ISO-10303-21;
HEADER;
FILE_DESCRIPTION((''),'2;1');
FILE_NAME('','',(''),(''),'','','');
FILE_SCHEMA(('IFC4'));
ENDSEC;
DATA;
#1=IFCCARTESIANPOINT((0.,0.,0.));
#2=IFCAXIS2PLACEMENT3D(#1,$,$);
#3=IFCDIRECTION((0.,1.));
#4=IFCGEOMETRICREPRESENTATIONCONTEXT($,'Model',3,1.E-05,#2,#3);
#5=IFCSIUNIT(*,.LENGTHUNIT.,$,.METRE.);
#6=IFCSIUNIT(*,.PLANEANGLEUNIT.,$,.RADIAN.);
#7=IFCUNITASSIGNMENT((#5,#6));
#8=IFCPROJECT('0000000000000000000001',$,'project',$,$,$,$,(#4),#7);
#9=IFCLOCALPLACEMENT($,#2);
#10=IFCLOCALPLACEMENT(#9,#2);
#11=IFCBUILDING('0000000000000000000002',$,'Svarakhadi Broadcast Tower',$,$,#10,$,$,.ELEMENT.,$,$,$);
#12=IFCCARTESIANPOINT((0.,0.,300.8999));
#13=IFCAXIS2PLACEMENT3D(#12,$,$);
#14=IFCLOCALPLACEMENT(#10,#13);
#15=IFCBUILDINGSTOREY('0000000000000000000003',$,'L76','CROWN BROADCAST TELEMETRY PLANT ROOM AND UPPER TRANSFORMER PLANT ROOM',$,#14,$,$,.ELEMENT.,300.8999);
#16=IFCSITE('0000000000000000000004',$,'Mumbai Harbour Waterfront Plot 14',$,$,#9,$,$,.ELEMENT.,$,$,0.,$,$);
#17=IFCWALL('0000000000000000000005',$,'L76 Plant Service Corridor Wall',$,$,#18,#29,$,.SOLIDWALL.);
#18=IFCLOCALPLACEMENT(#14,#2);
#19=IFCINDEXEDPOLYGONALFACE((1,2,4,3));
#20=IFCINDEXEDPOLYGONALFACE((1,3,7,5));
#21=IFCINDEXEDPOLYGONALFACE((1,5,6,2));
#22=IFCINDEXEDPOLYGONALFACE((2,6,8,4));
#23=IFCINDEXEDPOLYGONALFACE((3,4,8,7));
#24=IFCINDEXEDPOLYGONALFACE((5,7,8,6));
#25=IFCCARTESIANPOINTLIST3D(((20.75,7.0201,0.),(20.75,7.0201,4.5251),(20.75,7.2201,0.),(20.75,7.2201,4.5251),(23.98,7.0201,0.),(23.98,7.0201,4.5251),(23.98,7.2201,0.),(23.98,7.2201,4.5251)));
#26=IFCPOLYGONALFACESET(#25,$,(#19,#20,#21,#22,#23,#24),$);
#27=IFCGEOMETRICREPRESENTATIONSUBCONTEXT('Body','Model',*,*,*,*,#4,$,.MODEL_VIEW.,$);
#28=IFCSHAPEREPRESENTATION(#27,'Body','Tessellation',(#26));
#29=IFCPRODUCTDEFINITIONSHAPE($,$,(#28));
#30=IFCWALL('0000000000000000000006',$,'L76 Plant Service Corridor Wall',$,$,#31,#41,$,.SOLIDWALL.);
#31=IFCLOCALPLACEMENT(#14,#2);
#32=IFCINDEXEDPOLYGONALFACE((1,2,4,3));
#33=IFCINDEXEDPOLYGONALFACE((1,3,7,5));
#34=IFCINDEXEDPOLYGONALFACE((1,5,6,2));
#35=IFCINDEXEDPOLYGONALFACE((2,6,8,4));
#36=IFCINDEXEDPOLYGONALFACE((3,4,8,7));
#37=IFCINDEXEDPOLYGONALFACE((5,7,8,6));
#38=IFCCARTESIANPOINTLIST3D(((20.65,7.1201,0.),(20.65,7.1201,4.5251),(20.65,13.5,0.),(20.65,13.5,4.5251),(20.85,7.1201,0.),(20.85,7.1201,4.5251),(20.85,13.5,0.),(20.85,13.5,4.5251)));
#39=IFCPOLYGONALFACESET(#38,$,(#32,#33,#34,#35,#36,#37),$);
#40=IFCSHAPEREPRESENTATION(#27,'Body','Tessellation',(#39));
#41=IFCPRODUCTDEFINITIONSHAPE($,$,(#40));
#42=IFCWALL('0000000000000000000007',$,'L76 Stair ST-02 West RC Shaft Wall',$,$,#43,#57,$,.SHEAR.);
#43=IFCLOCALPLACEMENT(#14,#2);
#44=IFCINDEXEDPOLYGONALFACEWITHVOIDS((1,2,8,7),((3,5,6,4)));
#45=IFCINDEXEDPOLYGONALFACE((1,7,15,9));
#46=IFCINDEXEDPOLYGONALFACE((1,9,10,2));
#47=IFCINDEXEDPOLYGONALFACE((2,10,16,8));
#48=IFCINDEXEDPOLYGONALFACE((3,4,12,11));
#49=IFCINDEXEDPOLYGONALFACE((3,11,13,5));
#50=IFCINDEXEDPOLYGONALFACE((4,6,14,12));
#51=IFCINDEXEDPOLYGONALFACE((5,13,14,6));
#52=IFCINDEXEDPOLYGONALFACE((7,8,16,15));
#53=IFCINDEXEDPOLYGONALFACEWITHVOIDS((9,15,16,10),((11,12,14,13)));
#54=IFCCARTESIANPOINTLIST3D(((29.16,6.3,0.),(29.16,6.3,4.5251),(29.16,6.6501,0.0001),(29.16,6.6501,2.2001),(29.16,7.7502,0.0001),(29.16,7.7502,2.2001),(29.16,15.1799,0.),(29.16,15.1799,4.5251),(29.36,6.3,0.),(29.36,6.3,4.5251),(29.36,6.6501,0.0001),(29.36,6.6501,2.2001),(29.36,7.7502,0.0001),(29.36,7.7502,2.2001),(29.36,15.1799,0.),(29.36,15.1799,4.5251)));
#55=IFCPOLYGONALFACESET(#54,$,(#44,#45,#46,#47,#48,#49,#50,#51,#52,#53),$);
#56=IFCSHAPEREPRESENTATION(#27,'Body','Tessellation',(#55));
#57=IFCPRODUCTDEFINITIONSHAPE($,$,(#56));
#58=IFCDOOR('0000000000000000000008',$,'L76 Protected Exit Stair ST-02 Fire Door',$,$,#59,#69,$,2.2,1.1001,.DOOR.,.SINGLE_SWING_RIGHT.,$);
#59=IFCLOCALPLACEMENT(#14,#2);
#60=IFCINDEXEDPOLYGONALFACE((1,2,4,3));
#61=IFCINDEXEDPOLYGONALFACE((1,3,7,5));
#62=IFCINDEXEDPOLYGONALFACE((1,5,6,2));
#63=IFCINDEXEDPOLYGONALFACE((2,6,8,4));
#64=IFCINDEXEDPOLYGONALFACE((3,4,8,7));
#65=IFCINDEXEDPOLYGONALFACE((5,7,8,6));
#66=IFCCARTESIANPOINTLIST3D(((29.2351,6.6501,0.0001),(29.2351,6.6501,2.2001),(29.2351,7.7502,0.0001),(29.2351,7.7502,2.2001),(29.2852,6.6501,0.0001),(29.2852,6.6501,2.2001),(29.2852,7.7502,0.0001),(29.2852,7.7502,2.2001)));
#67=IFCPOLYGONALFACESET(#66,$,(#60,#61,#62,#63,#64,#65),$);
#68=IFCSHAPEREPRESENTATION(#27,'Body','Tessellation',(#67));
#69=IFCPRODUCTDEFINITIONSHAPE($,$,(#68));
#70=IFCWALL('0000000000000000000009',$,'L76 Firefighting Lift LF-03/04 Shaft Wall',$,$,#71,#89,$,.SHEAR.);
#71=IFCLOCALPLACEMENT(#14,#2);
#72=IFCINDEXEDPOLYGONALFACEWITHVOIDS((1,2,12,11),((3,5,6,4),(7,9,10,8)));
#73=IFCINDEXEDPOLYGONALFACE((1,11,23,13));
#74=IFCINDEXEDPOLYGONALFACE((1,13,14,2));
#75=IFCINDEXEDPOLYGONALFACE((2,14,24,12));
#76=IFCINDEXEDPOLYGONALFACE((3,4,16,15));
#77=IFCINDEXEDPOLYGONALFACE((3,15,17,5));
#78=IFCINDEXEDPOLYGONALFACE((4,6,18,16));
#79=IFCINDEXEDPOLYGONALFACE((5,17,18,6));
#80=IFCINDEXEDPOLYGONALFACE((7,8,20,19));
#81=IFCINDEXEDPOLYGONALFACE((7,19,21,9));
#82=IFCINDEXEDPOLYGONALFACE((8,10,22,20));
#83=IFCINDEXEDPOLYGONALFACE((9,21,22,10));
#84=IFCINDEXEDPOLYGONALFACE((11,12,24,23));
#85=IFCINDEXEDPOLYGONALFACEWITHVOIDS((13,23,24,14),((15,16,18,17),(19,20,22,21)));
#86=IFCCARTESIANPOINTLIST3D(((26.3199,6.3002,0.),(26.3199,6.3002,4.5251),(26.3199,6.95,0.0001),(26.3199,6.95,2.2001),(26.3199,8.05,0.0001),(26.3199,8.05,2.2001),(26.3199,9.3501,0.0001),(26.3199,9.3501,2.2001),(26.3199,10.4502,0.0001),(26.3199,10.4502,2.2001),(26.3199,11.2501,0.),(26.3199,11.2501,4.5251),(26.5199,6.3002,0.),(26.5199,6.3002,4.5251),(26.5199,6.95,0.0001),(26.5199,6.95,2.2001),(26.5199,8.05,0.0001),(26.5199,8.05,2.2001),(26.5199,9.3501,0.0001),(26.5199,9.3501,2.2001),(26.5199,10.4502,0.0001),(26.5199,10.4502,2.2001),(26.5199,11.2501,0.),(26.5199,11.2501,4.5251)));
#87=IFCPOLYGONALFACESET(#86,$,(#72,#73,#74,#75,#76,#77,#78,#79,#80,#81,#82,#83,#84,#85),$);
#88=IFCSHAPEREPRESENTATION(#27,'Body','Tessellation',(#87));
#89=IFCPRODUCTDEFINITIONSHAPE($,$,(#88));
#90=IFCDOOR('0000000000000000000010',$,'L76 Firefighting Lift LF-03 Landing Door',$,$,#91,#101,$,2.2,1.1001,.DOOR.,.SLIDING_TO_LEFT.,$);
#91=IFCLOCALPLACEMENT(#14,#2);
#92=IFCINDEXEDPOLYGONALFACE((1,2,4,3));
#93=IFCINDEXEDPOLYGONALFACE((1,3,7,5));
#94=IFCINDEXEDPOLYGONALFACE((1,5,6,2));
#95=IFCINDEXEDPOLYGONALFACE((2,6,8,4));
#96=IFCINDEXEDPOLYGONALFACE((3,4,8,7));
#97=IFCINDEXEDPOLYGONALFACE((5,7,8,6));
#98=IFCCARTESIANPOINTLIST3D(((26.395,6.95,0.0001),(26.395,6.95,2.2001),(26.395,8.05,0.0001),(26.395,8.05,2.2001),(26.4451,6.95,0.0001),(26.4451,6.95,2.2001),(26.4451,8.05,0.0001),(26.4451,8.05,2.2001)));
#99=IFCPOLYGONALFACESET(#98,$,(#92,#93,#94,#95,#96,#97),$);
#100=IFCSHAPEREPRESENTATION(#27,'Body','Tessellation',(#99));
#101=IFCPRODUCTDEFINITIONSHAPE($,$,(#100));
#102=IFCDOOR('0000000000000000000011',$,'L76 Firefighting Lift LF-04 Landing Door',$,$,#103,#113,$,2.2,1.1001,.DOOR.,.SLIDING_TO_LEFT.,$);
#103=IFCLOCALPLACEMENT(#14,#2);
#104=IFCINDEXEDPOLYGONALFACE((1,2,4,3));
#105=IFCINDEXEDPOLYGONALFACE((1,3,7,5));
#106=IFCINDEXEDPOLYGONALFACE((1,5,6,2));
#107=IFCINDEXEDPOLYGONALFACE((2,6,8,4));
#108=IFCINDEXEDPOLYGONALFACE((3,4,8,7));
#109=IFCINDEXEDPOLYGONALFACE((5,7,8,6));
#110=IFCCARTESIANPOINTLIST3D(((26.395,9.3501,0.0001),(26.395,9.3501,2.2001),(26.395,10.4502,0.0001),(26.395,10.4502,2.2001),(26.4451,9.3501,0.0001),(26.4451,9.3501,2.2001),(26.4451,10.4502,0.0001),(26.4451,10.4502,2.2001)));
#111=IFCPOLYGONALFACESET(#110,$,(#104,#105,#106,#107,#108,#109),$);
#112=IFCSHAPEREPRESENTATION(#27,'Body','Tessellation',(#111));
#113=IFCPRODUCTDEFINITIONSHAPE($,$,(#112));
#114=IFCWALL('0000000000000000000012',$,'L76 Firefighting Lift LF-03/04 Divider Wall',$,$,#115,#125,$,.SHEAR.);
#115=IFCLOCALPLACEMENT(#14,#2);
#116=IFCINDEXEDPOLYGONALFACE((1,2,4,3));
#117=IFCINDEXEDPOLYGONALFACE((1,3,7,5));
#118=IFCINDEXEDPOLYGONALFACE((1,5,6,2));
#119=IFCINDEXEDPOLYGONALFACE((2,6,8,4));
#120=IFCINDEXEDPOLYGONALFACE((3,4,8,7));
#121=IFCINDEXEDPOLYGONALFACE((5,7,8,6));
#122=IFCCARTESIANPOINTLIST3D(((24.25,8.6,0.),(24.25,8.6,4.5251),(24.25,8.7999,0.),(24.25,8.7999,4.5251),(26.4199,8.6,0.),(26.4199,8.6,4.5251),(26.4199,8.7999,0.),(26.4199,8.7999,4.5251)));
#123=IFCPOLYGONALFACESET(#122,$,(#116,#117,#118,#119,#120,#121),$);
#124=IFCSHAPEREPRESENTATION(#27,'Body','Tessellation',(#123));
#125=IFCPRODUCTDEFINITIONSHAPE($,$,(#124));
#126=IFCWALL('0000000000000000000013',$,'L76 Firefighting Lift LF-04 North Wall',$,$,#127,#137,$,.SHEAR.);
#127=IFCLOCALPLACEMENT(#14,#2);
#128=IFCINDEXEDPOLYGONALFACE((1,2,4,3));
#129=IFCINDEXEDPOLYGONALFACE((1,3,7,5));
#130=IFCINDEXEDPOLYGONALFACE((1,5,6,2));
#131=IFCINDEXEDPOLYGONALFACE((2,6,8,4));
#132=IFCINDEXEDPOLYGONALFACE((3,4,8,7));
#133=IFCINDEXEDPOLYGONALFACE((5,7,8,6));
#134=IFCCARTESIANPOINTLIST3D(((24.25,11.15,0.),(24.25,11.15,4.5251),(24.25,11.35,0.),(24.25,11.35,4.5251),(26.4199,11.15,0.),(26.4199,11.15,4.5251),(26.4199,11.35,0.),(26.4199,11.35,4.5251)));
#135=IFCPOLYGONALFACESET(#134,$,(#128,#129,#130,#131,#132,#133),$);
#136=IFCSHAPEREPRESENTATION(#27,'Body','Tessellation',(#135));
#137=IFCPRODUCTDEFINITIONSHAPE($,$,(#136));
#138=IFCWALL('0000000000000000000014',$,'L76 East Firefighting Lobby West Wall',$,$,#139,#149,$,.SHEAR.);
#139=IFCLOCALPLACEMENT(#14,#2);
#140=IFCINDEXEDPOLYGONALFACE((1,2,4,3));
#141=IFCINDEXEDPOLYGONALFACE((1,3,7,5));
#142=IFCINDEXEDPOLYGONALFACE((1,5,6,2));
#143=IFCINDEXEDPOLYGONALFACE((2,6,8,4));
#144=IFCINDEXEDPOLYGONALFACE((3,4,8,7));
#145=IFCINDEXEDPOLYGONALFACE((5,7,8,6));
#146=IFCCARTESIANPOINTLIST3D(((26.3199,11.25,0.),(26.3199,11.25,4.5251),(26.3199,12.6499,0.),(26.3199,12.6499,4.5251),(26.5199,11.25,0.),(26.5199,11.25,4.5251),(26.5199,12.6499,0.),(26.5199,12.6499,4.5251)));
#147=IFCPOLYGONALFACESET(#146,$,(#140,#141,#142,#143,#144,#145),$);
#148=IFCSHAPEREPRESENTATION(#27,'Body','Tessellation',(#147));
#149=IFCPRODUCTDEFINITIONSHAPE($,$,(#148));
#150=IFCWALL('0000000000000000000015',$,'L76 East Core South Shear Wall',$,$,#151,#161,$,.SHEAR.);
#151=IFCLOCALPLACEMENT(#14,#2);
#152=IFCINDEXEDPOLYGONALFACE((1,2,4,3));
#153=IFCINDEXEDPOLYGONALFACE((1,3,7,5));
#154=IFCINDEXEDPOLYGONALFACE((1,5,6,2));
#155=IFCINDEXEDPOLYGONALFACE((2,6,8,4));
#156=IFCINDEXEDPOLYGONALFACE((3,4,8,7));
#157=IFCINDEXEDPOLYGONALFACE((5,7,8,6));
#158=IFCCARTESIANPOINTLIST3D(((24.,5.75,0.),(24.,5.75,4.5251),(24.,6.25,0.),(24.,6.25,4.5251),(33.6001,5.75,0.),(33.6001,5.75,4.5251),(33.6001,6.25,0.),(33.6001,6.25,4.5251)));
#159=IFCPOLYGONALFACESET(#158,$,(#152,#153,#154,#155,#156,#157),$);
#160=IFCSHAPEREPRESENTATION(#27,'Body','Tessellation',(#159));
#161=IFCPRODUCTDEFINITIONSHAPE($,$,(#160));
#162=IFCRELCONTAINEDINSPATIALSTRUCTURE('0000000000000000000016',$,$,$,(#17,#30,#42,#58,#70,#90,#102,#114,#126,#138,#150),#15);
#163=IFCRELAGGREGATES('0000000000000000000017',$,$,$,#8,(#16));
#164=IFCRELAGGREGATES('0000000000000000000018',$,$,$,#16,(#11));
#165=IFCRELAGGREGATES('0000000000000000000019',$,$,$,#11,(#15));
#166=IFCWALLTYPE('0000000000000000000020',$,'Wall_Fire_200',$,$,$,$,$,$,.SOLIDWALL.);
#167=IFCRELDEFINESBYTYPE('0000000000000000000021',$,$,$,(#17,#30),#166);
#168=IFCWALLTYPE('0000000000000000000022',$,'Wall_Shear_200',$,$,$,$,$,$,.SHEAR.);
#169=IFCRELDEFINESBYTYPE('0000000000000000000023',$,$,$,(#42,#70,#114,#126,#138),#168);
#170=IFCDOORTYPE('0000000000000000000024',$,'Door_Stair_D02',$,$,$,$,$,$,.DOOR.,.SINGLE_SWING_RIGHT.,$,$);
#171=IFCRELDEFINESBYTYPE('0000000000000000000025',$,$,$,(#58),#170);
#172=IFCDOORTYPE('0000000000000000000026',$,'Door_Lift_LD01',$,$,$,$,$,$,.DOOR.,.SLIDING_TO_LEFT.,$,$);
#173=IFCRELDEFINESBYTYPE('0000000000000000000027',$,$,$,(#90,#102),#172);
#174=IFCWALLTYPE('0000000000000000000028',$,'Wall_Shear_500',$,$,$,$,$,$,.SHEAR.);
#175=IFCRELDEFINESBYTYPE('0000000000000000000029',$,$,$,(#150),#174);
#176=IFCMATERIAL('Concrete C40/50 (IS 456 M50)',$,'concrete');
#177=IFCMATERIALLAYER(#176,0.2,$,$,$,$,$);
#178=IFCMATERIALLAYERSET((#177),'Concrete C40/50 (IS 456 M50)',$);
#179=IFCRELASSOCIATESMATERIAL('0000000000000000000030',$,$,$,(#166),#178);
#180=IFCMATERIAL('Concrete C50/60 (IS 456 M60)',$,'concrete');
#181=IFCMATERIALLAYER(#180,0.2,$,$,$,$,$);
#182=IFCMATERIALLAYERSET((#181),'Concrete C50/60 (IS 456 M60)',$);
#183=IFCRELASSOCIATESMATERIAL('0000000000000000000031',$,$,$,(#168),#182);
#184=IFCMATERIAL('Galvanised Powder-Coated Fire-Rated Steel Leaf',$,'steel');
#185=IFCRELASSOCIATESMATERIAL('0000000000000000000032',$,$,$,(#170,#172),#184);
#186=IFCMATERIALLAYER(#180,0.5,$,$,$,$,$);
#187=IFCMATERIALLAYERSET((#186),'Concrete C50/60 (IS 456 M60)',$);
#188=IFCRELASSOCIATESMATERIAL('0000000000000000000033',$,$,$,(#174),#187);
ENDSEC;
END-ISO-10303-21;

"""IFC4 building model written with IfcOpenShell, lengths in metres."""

from ifc_helpers import new_model, si_unit, direction, frame, frame_2d, origin, place, context, subcontext, project, spatial, rectangle, extrude, material, layer, layer_set, type_object, element, fill, save


model = new_model("IFC4")

# Units and contexts
model_context = context("Model", 3, precision=1e-05, world=origin(), true_north=direction((0.0, 1.0)))
body_context = subcontext(model_context, "Body", "Model", "MODEL_VIEW")
ifc_project = project(units=[si_unit("LENGTHUNIT", "METRE"), si_unit("PLANEANGLEUNIT", "RADIAN")], contexts=[model_context])

# Site, building, storey
site_placement = place(None, origin())
site = spatial("IfcSite", under=ifc_project, at=site_placement, Name="Mumbai Harbour Waterfront Plot 14", CompositionType="ELEMENT", RefElevation=0.0)
building_placement = place(site_placement, origin())
building = spatial("IfcBuilding", under=site, at=building_placement, Name="Svarakhadi Broadcast Tower", CompositionType="ELEMENT")
storey_placement = place(building_placement, frame((0.0, 0.0, 300.8999)))
storey = spatial("IfcBuildingStorey", under=building, at=storey_placement, Name="L76", Description="CROWN BROADCAST TELEMETRY PLANT ROOM AND UPPER TRANSFORMER PLANT ROOM", CompositionType="ELEMENT", Elevation=300.8999)

# Shared definitions
ifc_material_1 = material(Name="Concrete C50/60 (IS 456 M60)", Category="concrete")

# Walls
ifc_material_2 = material(Name="Concrete C40/50 (IS 456 M50)", Category="concrete")
ifc_layer_1 = layer(ifc_material_2, 0.2)
ifc_layer_set_1 = layer_set([ifc_layer_1], Name="Concrete C40/50 (IS 456 M50)")
wall_type_1 = type_object("IfcWallType", Name="Wall_Fire_200", PredefinedType="SOLIDWALL", material=ifc_layer_set_1)
wall_1_placement = place(storey_placement, frame((23.98, 7.1201, 0.0), z_axis=(0.0, 0.0, 1.0), x_axis=(-1.0, 0.0, 0.0)))
element("IfcWall", 1, at=wall_1_placement, inside=storey, type_object=wall_type_1, Name="L76 Plant Service Corridor Wall", PredefinedType="SOLIDWALL", context=body_context, shape_type="SweptSolid", body=[
    extrude(rectangle(XDim=3.23, YDim=0.2, at=frame_2d((1.615, 0.0))), origin(), (0.0, 0.0, 1.0), 4.5251),
])
wall_2_placement = place(storey_placement, frame((20.75, 7.1201, 0.0), z_axis=(0.0, 0.0, 1.0), x_axis=(0.0, 1.0, 0.0)))
element("IfcWall", 2, at=wall_2_placement, inside=storey, type_object=wall_type_1, Name="L76 Plant Service Corridor Wall", PredefinedType="SOLIDWALL", context=body_context, shape_type="SweptSolid", body=[
    extrude(rectangle(XDim=6.3799, YDim=0.2, at=frame_2d((3.1899, 0.0))), origin(), (0.0, 0.0, 1.0), 4.5251),
])

# Wall, opening, door
ifc_layer_2 = layer(ifc_material_1, 0.2)
ifc_layer_set_2 = layer_set([ifc_layer_2], Name="Concrete C50/60 (IS 456 M60)")
wall_type_2 = type_object("IfcWallType", Name="Wall_Shear_200", PredefinedType="SHEAR", material=ifc_layer_set_2)
wall_3_placement = place(storey_placement, frame((29.26, 6.3, 0.0), z_axis=(0.0, 0.0, 1.0), x_axis=(0.0, 1.0, 0.0)))
wall_3 = element("IfcWall", 3, at=wall_3_placement, inside=storey, type_object=wall_type_2, Name="L76 Stair ST-02 West RC Shaft Wall", PredefinedType="SHEAR", context=body_context, shape_type="SweptSolid", body=[
    extrude(rectangle(XDim=8.8799, YDim=0.2, at=frame_2d((4.4399, 0.0))), origin(), (0.0, 0.0, 1.0), 4.5251),
])
opening_1_placement = place(wall_3_placement, frame((0.3501, 0.0, 0.0)))
opening_1 = element("IfcOpeningElement", 4, at=opening_1_placement, cuts=wall_3, PredefinedType="OPENING", context=body_context, shape_type="SweptSolid", body=[
    extrude(rectangle(XDim=1.1001, YDim=2.2, at=frame_2d((0.55, 1.1001))), frame((0.0, 0.1099, 0.0), z_axis=(0.0, -1.0, 0.0), x_axis=(1.0, 0.0, 0.0)), (0.0, 0.0, 1.0), 0.22),
])
ifc_material_3 = material(Name="Galvanised Powder-Coated Fire-Rated Steel Leaf", Category="steel")
door_type_1 = type_object("IfcDoorType", Name="Door_Stair_D02", OperationType="SINGLE_SWING_RIGHT", PredefinedType="DOOR", material=ifc_material_3)
door_1_placement = place(opening_1_placement, origin())
door_1 = element("IfcDoor", 5, at=door_1_placement, inside=storey, type_object=door_type_1, Name="L76 Protected Exit Stair ST-02 Fire Door", OperationType="SINGLE_SWING_RIGHT", OverallHeight=2.2, OverallWidth=1.1001, PredefinedType="DOOR", context=body_context, shape_type="SweptSolid", body=[
    extrude(rectangle(XDim=1.1001, YDim=2.2, at=frame_2d((0.55, 1.1001))), frame((0.0, 0.0249, 0.0), z_axis=(0.0, -1.0, 0.0), x_axis=(1.0, 0.0, 0.0)), (0.0, 0.0, 1.0), 0.05),
])
fill(opening_1, door_1)

# Wall, openings, doors
wall_4_placement = place(storey_placement, frame((26.4199, 6.3, 0.0), z_axis=(0.0, 0.0, 1.0), x_axis=(0.0, 1.0, 0.0)))
wall_4 = element("IfcWall", 6, at=wall_4_placement, inside=storey, type_object=wall_type_2, Name="L76 Firefighting Lift LF-03/04 Shaft Wall", PredefinedType="SHEAR", context=body_context, shape_type="SweptSolid", body=[
    extrude(rectangle(XDim=4.95, YDim=0.2, at=frame_2d((2.4751, 0.0))), origin(), (0.0, 0.0, 1.0), 4.5251),
])
opening_2_placement = place(wall_4_placement, frame((0.6499, 0.0, 0.0)))
opening_2 = element("IfcOpeningElement", 7, at=opening_2_placement, cuts=wall_4, PredefinedType="OPENING", context=body_context, shape_type="SweptSolid", body=[
    extrude(rectangle(XDim=1.1001, YDim=2.2, at=frame_2d((0.55, 1.1001))), frame((0.0, 0.1099, 0.0), z_axis=(0.0, -1.0, 0.0), x_axis=(1.0, 0.0, 0.0)), (0.0, 0.0, 1.0), 0.22),
])
opening_3_placement = place(wall_4_placement, frame((3.05, 0.0, 0.0)))
opening_3 = element("IfcOpeningElement", 8, at=opening_3_placement, cuts=wall_4, PredefinedType="OPENING", context=body_context, shape_type="SweptSolid", body=[
    extrude(rectangle(XDim=1.1001, YDim=2.2, at=frame_2d((0.55, 1.1001))), frame((0.0, 0.1099, 0.0), z_axis=(0.0, -1.0, 0.0), x_axis=(1.0, 0.0, 0.0)), (0.0, 0.0, 1.0), 0.22),
])
door_type_2 = type_object("IfcDoorType", Name="Door_Lift_LD01", OperationType="SLIDING_TO_LEFT", PredefinedType="DOOR", material=ifc_material_3)
door_2_placement = place(opening_2_placement, origin())
door_2 = element("IfcDoor", 9, at=door_2_placement, inside=storey, type_object=door_type_2, Name="L76 Firefighting Lift LF-03 Landing Door", OperationType="SLIDING_TO_LEFT", OverallHeight=2.2, OverallWidth=1.1001, PredefinedType="DOOR", context=body_context, shape_type="SweptSolid", body=[
    extrude(rectangle(XDim=1.1001, YDim=2.2, at=frame_2d((0.55, 1.1001))), frame((0.0, 0.0249, 0.0), z_axis=(0.0, -1.0, 0.0), x_axis=(1.0, 0.0, 0.0)), (0.0, 0.0, 1.0), 0.05),
])
fill(opening_2, door_2)
door_3_placement = place(opening_3_placement, origin())
door_3 = element("IfcDoor", 10, at=door_3_placement, inside=storey, type_object=door_type_2, Name="L76 Firefighting Lift LF-04 Landing Door", OperationType="SLIDING_TO_LEFT", OverallHeight=2.2, OverallWidth=1.1001, PredefinedType="DOOR", context=body_context, shape_type="SweptSolid", body=[
    extrude(rectangle(XDim=1.1001, YDim=2.2, at=frame_2d((0.55, 1.1001))), frame((0.0, 0.0249, 0.0), z_axis=(0.0, -1.0, 0.0), x_axis=(1.0, 0.0, 0.0)), (0.0, 0.0, 1.0), 0.05),
])
fill(opening_3, door_3)

# Walls
for number, where, z_axis, x_axis, name in (
    (11, (24.25, 8.7, 0.0), (0.0, 0.0, 1.0), (1.0, 0.0, 0.0), "L76 Firefighting Lift LF-03/04 Divider Wall"),
    (12, (24.25, 11.25, 0.0), (0.0, 0.0, 1.0), (1.0, 0.0, 0.0), "L76 Firefighting Lift LF-04 North Wall"),
):
    element("IfcWall", number, at=place(storey_placement, frame(where, z_axis=z_axis, x_axis=x_axis)), inside=storey, type_object=wall_type_2, Name=name, PredefinedType="SHEAR", context=body_context, shape_type="SweptSolid", body=[
        extrude(rectangle(XDim=2.1699, YDim=0.2, at=frame_2d((1.085, 0.0))), origin(), (0.0, 0.0, 1.0), 4.5251),
    ])
wall_5_placement = place(storey_placement, frame((26.4199, 11.25, 0.0), z_axis=(0.0, 0.0, 1.0), x_axis=(0.0, 1.0, 0.0)))
element("IfcWall", 13, at=wall_5_placement, inside=storey, type_object=wall_type_2, Name="L76 East Firefighting Lobby West Wall", PredefinedType="SHEAR", context=body_context, shape_type="SweptSolid", body=[
    extrude(rectangle(XDim=1.3999, YDim=0.2, at=frame_2d((0.7, 0.0))), origin(), (0.0, 0.0, 1.0), 4.5251),
])
ifc_layer_3 = layer(ifc_material_1, 0.5)
ifc_layer_set_3 = layer_set([ifc_layer_3], Name="Concrete C50/60 (IS 456 M60)")
wall_type_3 = type_object("IfcWallType", Name="Wall_Shear_500", PredefinedType="SHEAR", material=ifc_layer_set_3)
wall_6_placement = place(storey_placement, frame((24.0, 6.0, 0.0), z_axis=(0.0, 0.0, 1.0), x_axis=(1.0, 0.0, 0.0)))
element("IfcWall", 14, at=wall_6_placement, inside=storey, type_object=wall_type_3, Name="L76 East Core South Shear Wall", PredefinedType="SHEAR", context=body_context, shape_type="SweptSolid", body=[
    extrude(rectangle(XDim=9.6001, YDim=0.5, at=frame_2d((4.8, 0.0))), origin(), (0.0, 0.0, 1.0), 4.5251),
])

save(model, "model.ifc")
